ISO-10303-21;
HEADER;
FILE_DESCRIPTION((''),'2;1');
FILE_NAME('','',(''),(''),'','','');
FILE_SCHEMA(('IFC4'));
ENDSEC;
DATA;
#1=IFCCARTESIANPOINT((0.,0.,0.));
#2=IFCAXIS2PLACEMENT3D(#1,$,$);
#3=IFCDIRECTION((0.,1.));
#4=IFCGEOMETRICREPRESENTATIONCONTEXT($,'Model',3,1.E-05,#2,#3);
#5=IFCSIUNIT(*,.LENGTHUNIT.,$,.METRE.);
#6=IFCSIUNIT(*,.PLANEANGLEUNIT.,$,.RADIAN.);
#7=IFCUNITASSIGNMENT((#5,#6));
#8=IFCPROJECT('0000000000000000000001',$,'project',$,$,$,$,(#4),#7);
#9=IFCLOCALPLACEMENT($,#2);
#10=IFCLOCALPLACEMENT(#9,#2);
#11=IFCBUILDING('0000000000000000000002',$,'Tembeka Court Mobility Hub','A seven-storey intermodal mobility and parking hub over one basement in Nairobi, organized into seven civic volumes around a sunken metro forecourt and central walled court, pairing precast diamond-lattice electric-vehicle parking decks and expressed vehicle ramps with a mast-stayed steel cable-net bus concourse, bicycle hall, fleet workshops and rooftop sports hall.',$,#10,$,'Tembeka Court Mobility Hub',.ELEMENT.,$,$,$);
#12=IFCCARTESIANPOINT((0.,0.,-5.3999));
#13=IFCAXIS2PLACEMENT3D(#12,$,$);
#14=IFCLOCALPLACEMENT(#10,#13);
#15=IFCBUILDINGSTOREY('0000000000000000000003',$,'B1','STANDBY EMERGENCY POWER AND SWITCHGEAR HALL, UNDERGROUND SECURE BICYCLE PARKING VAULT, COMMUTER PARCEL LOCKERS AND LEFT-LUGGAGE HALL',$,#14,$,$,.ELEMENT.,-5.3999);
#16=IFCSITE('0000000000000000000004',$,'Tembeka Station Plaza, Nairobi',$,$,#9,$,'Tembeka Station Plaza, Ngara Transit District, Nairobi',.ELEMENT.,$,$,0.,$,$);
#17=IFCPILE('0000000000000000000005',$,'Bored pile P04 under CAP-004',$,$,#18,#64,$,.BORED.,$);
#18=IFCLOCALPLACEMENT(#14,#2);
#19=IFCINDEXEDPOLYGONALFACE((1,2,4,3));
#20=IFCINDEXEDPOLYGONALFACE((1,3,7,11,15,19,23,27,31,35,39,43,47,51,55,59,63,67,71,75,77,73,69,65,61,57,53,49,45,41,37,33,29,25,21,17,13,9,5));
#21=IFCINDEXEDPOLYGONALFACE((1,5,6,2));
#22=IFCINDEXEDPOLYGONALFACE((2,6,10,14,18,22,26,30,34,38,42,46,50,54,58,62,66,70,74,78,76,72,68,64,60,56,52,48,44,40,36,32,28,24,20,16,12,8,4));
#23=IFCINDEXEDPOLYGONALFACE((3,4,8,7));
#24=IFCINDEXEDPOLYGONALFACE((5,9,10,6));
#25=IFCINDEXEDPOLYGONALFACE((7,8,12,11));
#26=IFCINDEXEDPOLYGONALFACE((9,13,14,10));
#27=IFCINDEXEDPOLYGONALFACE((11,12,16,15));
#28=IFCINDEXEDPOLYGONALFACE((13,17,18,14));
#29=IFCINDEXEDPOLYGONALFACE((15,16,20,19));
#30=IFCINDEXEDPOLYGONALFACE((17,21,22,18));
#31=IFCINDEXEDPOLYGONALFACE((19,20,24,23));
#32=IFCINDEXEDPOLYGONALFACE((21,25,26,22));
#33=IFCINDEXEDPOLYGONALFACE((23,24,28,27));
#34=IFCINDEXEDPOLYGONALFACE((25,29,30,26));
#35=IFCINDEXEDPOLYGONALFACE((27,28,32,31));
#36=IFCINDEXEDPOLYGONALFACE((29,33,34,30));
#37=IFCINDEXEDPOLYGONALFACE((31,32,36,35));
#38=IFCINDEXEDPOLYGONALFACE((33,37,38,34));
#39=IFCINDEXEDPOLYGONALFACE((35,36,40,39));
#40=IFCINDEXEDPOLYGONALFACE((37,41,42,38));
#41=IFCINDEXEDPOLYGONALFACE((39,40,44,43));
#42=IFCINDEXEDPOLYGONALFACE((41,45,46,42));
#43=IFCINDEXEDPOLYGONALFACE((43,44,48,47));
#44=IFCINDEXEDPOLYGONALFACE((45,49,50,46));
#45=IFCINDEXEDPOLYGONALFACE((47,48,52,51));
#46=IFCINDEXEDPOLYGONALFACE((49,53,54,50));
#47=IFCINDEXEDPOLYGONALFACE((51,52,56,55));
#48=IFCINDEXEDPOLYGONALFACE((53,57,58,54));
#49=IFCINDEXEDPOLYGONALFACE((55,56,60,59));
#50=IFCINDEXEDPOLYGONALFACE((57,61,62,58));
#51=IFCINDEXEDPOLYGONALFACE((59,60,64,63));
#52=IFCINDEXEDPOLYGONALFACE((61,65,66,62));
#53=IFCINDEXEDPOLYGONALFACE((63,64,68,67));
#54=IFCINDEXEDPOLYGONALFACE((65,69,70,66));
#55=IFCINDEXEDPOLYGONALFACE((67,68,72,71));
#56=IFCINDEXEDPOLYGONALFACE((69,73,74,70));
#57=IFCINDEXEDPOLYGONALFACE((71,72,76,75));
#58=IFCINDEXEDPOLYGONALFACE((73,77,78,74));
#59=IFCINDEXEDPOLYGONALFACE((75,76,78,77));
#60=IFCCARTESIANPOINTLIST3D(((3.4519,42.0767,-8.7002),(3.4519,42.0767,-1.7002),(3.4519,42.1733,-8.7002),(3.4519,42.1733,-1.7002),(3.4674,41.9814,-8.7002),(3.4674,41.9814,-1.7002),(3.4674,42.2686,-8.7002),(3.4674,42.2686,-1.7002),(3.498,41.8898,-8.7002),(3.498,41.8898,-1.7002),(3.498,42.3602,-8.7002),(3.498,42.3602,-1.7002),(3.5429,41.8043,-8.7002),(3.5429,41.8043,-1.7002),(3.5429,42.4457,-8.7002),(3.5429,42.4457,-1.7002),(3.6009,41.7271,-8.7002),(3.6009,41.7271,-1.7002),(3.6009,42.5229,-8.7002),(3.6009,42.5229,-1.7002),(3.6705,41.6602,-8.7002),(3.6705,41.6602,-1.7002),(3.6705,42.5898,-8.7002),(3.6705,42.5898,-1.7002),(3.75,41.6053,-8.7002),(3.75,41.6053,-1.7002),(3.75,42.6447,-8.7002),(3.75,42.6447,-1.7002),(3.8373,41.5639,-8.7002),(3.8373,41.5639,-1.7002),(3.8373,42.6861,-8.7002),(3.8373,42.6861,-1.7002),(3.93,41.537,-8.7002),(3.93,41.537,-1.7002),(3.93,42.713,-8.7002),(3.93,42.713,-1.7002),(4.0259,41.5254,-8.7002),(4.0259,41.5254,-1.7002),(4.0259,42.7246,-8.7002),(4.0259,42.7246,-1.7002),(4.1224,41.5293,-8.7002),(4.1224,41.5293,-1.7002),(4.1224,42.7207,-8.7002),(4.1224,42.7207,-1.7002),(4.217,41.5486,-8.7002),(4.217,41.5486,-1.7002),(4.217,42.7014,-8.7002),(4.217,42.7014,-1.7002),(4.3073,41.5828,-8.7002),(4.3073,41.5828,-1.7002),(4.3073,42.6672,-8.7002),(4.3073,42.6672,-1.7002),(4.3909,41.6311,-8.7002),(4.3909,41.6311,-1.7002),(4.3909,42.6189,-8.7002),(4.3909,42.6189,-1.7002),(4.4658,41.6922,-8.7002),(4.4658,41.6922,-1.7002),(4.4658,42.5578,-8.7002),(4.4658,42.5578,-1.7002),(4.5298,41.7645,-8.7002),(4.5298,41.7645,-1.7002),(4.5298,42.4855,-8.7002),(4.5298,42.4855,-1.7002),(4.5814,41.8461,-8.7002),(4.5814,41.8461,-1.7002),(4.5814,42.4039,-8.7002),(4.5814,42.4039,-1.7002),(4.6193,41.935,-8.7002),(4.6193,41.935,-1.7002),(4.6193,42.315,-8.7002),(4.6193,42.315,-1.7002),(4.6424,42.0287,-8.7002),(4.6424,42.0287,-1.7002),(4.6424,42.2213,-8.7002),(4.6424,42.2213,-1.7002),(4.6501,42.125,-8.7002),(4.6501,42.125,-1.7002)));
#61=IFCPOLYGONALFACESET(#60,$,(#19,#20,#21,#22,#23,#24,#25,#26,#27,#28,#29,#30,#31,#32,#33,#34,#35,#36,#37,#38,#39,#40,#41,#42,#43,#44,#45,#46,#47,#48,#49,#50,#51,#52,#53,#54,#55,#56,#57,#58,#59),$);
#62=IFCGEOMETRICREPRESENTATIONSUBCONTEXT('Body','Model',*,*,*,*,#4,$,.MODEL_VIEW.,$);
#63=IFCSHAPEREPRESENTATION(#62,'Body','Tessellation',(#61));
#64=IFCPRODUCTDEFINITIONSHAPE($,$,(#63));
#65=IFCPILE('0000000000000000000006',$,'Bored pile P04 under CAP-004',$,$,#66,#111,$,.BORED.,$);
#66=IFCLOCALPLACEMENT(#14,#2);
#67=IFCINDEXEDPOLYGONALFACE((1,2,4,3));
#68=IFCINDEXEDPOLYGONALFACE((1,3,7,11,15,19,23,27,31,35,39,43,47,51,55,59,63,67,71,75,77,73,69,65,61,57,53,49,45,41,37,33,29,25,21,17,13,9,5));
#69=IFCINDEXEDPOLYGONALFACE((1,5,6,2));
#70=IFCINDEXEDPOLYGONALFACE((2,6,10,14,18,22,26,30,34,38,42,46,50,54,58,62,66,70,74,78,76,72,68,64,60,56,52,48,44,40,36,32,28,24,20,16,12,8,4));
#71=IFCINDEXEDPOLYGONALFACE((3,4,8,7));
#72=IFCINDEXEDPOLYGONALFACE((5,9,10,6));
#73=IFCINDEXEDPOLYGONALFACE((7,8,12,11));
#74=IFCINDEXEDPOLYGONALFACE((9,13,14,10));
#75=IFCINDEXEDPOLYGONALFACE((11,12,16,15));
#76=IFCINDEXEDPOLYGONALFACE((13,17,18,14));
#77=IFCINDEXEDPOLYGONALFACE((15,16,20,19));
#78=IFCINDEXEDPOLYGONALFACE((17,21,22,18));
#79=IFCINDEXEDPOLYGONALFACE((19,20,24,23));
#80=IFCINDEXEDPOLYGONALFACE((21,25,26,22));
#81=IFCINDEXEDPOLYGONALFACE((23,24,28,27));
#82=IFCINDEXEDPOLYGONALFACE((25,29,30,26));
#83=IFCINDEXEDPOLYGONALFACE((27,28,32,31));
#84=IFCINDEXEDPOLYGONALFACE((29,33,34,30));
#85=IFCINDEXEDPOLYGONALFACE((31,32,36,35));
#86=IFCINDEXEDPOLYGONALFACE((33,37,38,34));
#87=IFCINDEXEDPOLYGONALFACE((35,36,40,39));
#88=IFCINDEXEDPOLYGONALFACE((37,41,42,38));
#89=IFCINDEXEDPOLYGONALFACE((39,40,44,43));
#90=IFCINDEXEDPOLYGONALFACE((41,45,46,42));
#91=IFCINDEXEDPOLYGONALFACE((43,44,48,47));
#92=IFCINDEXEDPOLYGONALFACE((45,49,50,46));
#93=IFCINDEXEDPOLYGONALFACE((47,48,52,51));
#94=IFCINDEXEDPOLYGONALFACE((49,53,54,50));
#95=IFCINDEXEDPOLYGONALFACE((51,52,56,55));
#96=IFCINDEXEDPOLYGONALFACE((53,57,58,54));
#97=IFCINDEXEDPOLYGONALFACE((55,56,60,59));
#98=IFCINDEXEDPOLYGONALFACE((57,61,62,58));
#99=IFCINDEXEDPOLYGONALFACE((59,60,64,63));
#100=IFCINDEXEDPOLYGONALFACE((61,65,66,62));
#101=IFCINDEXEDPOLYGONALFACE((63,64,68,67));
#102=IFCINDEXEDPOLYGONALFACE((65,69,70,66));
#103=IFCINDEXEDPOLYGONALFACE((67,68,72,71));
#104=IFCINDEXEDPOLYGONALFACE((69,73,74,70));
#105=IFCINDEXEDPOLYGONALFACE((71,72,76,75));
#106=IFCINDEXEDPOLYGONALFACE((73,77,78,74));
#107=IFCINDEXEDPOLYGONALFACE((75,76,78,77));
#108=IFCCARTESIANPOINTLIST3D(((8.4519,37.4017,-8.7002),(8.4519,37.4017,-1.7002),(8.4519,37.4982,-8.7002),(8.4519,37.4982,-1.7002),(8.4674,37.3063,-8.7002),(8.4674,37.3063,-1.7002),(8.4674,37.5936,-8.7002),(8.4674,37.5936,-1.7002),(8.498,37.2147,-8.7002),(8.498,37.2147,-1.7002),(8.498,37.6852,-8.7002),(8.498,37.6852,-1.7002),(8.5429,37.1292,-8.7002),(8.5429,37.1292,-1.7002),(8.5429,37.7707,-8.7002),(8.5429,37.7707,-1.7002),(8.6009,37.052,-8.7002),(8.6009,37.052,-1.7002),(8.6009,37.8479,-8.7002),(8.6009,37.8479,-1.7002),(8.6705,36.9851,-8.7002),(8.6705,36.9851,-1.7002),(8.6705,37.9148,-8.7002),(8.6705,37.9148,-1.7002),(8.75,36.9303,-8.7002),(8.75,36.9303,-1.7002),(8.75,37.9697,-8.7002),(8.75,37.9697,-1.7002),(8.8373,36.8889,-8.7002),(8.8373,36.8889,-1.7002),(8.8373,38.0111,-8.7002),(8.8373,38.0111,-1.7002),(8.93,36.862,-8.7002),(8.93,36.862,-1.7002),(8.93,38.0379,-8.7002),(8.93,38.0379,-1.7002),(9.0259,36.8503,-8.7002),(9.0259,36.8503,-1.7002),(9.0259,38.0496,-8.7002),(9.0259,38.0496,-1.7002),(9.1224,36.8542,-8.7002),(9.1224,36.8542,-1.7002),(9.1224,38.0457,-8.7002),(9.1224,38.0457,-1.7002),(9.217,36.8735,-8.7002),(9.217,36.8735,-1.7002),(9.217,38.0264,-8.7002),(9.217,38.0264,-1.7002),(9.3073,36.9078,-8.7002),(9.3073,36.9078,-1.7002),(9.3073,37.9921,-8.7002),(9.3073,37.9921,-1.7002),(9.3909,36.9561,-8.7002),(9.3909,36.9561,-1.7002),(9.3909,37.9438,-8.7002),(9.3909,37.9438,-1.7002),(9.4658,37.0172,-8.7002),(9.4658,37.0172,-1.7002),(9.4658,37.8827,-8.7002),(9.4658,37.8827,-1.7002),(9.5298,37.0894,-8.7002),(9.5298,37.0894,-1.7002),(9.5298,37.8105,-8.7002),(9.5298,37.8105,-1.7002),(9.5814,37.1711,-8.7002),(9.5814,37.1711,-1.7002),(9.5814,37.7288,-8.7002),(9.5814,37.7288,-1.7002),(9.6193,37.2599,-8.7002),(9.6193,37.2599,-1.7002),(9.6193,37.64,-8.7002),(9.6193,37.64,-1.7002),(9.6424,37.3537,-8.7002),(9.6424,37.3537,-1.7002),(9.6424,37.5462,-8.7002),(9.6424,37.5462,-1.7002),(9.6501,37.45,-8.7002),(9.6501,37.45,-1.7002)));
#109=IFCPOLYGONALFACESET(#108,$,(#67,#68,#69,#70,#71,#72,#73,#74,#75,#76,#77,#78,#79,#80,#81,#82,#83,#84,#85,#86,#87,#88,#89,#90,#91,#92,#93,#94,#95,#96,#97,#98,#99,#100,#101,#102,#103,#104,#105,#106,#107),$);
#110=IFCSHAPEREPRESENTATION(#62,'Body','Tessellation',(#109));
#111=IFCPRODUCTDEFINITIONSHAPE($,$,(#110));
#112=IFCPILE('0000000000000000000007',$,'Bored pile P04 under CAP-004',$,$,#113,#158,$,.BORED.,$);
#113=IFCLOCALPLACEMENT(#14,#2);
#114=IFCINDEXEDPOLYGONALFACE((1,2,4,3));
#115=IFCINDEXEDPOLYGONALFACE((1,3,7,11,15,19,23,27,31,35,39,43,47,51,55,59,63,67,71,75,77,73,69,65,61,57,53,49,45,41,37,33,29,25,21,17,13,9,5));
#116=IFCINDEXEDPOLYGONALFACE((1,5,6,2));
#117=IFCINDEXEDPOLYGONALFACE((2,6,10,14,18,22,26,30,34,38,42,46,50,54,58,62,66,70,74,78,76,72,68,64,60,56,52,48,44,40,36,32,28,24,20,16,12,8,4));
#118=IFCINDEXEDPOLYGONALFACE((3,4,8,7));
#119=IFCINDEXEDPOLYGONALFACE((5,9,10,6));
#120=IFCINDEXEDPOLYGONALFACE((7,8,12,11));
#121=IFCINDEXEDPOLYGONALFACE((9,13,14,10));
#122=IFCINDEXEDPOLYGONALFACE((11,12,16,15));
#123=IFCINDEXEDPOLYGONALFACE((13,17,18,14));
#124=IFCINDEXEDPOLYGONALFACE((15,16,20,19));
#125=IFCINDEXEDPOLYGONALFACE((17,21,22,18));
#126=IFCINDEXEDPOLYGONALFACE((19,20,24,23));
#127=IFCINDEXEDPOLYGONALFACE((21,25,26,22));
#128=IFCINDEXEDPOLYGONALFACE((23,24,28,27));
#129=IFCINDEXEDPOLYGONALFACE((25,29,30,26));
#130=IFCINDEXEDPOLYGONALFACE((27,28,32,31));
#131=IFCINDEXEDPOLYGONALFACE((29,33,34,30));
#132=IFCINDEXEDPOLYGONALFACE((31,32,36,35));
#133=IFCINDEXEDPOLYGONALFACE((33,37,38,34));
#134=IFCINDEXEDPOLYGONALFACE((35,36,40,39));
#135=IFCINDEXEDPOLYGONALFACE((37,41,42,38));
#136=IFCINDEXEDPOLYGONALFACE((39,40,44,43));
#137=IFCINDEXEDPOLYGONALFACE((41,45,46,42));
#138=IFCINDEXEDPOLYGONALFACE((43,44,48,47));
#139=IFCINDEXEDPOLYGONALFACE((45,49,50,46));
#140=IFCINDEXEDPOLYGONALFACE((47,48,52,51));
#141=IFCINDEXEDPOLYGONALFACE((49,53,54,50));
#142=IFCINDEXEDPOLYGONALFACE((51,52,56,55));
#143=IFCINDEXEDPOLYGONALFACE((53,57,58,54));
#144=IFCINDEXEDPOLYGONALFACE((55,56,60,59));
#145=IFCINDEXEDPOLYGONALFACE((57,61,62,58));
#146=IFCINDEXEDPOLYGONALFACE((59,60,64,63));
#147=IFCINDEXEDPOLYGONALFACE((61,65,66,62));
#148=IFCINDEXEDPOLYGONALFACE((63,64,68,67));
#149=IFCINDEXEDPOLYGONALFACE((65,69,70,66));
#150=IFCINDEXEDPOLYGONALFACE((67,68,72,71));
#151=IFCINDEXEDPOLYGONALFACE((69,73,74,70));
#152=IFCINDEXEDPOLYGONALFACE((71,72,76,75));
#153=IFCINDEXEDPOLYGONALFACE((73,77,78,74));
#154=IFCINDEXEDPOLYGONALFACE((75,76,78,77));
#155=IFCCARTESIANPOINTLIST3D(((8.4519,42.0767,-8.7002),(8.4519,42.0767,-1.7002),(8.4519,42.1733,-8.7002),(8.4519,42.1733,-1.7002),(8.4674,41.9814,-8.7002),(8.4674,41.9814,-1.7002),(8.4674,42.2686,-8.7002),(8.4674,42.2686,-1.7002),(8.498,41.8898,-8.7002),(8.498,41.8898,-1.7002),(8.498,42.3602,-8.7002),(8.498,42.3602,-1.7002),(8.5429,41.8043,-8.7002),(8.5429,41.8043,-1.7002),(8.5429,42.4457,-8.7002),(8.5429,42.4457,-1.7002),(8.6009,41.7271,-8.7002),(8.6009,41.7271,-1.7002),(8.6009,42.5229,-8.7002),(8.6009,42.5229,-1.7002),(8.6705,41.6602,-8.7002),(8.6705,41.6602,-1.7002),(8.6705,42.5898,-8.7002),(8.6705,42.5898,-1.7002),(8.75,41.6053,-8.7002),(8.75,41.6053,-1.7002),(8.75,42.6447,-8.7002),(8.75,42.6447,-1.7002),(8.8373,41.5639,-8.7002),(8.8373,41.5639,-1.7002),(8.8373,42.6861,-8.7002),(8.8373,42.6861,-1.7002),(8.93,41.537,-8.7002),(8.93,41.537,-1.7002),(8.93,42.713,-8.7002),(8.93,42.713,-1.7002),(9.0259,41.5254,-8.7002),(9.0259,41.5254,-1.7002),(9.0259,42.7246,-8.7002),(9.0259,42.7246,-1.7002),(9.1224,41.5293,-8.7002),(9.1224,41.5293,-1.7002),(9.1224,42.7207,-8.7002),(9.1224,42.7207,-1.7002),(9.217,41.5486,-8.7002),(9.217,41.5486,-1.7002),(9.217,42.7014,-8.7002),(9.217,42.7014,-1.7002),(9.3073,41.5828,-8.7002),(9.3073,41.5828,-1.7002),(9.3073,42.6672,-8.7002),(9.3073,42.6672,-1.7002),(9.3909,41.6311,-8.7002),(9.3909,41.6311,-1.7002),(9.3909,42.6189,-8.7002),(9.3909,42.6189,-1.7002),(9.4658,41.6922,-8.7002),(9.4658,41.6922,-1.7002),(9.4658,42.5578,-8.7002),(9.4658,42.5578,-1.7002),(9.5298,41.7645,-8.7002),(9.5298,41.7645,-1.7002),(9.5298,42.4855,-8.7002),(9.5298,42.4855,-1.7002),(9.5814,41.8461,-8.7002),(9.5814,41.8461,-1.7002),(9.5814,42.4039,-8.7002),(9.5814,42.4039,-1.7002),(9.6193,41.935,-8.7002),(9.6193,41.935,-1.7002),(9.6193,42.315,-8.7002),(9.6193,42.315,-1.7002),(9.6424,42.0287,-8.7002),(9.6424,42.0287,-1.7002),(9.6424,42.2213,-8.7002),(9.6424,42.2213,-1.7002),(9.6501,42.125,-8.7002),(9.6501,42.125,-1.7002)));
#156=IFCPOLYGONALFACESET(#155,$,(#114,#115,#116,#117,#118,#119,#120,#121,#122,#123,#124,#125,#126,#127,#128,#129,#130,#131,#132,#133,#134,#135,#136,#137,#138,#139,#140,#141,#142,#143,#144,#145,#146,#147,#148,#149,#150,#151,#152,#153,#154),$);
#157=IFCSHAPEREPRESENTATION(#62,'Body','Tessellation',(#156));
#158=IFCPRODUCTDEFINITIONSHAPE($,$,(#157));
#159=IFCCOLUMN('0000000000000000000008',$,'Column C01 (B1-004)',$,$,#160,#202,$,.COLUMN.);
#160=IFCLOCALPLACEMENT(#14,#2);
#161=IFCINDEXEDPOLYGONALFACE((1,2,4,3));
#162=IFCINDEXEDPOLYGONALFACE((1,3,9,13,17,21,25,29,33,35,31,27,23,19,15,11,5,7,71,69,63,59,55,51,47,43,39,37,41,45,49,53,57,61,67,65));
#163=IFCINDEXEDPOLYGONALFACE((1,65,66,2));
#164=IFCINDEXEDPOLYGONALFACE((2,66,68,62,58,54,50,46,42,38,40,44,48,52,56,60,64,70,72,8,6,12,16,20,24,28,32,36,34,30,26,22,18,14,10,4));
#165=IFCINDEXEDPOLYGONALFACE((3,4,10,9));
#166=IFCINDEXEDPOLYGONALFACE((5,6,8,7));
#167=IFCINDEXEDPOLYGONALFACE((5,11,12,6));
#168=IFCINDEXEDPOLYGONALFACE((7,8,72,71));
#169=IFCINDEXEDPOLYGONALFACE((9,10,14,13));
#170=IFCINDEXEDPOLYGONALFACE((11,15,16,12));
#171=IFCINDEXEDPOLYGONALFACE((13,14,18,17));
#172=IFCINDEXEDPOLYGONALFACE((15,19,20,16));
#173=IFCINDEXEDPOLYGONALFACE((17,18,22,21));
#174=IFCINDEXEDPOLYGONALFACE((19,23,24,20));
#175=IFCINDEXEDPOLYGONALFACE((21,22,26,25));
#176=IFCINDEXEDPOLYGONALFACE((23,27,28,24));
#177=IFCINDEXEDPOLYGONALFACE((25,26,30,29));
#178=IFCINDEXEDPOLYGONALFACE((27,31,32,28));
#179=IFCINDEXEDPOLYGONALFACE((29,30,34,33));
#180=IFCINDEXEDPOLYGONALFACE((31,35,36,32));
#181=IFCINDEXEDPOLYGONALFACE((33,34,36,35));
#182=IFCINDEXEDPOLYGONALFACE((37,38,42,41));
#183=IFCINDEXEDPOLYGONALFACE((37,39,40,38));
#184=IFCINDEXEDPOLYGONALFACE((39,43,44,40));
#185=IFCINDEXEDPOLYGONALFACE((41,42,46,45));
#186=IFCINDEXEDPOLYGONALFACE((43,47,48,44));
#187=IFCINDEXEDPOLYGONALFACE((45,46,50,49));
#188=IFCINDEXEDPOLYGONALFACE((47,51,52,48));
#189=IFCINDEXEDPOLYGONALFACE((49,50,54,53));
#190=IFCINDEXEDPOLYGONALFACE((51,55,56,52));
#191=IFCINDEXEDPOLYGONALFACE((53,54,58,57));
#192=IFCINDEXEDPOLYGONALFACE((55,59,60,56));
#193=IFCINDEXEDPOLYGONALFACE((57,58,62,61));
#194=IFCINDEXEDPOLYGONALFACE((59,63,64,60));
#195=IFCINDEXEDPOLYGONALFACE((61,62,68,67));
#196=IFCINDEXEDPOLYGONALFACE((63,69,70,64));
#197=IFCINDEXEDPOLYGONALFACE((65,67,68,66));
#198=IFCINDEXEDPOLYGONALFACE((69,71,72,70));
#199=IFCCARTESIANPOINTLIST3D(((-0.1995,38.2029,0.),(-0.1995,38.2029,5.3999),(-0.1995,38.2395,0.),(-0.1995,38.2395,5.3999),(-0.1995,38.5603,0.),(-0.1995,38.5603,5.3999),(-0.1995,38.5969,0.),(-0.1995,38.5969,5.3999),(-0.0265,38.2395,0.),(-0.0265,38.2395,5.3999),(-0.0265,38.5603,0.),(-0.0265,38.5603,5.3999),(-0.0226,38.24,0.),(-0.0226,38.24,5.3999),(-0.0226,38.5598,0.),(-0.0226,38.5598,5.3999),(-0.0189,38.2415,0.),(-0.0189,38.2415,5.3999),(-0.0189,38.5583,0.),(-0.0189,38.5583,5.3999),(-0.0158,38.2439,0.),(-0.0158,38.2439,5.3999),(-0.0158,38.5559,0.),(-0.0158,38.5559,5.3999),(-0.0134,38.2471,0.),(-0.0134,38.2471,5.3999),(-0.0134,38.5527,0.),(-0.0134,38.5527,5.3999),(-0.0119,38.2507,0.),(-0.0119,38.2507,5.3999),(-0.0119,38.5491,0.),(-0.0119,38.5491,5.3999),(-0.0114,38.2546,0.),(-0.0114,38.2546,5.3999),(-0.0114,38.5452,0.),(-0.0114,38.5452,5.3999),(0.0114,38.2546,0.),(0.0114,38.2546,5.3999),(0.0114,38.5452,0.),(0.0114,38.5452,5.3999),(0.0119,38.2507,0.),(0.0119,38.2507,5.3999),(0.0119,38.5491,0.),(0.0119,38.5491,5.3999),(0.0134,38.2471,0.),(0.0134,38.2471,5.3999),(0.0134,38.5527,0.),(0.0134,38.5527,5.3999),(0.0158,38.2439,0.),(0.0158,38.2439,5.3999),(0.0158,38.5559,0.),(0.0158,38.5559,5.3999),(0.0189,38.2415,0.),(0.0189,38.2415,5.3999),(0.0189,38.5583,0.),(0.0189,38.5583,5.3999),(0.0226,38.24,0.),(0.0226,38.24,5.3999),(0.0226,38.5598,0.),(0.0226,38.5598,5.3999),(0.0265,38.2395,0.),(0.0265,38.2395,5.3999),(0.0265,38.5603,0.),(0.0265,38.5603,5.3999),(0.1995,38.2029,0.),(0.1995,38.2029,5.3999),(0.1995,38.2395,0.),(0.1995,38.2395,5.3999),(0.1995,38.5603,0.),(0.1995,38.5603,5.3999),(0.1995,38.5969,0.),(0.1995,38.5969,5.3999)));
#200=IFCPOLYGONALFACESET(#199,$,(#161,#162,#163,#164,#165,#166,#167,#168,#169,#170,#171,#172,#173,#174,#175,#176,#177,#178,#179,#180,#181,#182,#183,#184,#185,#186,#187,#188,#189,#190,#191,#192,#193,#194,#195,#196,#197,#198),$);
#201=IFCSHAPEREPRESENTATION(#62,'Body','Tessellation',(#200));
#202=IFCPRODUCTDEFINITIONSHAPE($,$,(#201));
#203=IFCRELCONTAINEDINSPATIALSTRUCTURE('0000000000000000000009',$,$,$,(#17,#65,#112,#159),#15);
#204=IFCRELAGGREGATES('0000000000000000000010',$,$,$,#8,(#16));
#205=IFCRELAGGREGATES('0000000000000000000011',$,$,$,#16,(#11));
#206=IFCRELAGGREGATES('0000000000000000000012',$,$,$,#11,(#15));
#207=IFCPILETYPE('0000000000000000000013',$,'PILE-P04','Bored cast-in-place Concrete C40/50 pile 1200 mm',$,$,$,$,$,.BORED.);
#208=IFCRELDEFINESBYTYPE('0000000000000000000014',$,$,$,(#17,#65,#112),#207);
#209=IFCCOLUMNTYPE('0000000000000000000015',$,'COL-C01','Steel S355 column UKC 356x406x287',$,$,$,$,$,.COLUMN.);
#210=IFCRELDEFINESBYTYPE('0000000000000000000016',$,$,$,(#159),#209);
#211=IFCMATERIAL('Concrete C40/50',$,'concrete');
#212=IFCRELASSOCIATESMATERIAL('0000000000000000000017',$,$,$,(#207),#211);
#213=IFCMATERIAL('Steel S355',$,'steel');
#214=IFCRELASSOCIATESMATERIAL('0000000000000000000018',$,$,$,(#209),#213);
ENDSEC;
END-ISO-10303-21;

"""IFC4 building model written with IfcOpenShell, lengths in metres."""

from ifc_helpers import new_model, si_unit, direction, frame, origin, origin_2d, place, context, subcontext, project, spatial, circle, i_section, extrude, material, material_profile, profile_set, type_object, element, save


model = new_model("IFC4")

# Units and contexts
model_context = context("Model", 3, precision=1e-05, world=origin(), true_north=direction((0.0, 1.0)))
body_context = subcontext(model_context, "Body", "Model", "MODEL_VIEW")
ifc_project = project(units=[si_unit("LENGTHUNIT", "METRE"), si_unit("PLANEANGLEUNIT", "RADIAN")], contexts=[model_context])

# Site, building, storey
site_placement = place(None, origin())
site = spatial("IfcSite", under=ifc_project, at=site_placement, Name="Tembeka Station Plaza, Nairobi", LongName="Tembeka Station Plaza, Ngara Transit District, Nairobi", CompositionType="ELEMENT", RefElevation=0.0)
building_placement = place(site_placement, origin())
building = spatial("IfcBuilding", under=site, at=building_placement, Name="Tembeka Court Mobility Hub", Description="A seven-storey intermodal mobility and parking hub over one basement in Nairobi, organized into seven civic volumes around a sunken metro forecourt and central walled court, pairing precast diamond-lattice electric-vehicle parking decks and expressed vehicle ramps with a mast-stayed steel cable-net bus concourse, bicycle hall, fleet workshops and rooftop sports hall.", LongName="Tembeka Court Mobility Hub", CompositionType="ELEMENT")
storey_placement = place(building_placement, frame((0.0, 0.0, -5.3999)))
storey = spatial("IfcBuildingStorey", under=building, at=storey_placement, Name="B1", Description="STANDBY EMERGENCY POWER AND SWITCHGEAR HALL, UNDERGROUND SECURE BICYCLE PARKING VAULT, COMMUTER PARCEL LOCKERS AND LEFT-LUGGAGE HALL", CompositionType="ELEMENT", Elevation=-5.3999)

# Shared definitions
ifc_material_1 = material(Name="Concrete C40/50", Category="concrete")

# Piles
ifc_material_profile_1 = material_profile(ifc_material_1, circle(Radius=0.6001, at=origin_2d()), Name="PILE D1200")
ifc_profile_set_1 = profile_set([ifc_material_profile_1], Name="Concrete C40/50")
pile_type = type_object("IfcPileType", Name="PILE-P04", Description="Bored cast-in-place Concrete C40/50 pile 1200 mm", PredefinedType="BORED", material=ifc_profile_set_1)
for number, where, z_axis, x_axis, name in (
    (1, (4.05, 42.125, -1.7002), (0.0, 0.0, -1.0), (1.0, 0.0, 0.0), "Bored pile P04 under CAP-004"),
    (2, (9.05, 37.45, -1.7002), (0.0, 0.0, -1.0), (1.0, 0.0, 0.0), "Bored pile P04 under CAP-004"),
    (3, (9.05, 42.125, -1.7002), (0.0, 0.0, -1.0), (1.0, 0.0, 0.0), "Bored pile P04 under CAP-004"),
):
    element("IfcPile", number, at=place(storey_placement, frame(where, z_axis=z_axis, x_axis=x_axis)), inside=storey, type_object=pile_type, Name=name, PredefinedType="BORED", context=body_context, shape_type="SweptSolid", body=[
        extrude(circle(Radius=0.6001, at=origin_2d()), origin(), (0.0, 0.0, 1.0), 7.0),
    ])

# Column
ifc_material_2 = material(Name="Steel S355", Category="steel")
ifc_material_profile_2 = material_profile(ifc_material_2, i_section(OverallWidth=0.3989, OverallDepth=0.394, WebThickness=0.0227, FlangeThickness=0.0366, FilletRadius=0.0151, at=origin_2d()), Name="UKC 356x406x287")
ifc_profile_set_2 = profile_set([ifc_material_profile_2], Name="Steel S355")
column_type = type_object("IfcColumnType", Name="COL-C01", Description="Steel S355 column UKC 356x406x287", PredefinedType="COLUMN", material=ifc_profile_set_2)
for number, where, z_axis, x_axis, name in (
    (4, (0.0, 38.3999, 0.0), (0.0, 0.0, 1.0), (1.0, 0.0, 0.0), "Column C01 (B1-004)"),
):
    element("IfcColumn", number, at=place(storey_placement, frame(where, z_axis=z_axis, x_axis=x_axis)), inside=storey, type_object=column_type, Name=name, PredefinedType="COLUMN", context=body_context, shape_type="SweptSolid", body=[
        extrude(i_section(OverallWidth=0.3989, OverallDepth=0.394, WebThickness=0.0227, FlangeThickness=0.0366, FilletRadius=0.0151, at=origin_2d()), origin(), (0.0, 0.0, 1.0), 5.3999),
    ])

save(model, "model.ifc")
